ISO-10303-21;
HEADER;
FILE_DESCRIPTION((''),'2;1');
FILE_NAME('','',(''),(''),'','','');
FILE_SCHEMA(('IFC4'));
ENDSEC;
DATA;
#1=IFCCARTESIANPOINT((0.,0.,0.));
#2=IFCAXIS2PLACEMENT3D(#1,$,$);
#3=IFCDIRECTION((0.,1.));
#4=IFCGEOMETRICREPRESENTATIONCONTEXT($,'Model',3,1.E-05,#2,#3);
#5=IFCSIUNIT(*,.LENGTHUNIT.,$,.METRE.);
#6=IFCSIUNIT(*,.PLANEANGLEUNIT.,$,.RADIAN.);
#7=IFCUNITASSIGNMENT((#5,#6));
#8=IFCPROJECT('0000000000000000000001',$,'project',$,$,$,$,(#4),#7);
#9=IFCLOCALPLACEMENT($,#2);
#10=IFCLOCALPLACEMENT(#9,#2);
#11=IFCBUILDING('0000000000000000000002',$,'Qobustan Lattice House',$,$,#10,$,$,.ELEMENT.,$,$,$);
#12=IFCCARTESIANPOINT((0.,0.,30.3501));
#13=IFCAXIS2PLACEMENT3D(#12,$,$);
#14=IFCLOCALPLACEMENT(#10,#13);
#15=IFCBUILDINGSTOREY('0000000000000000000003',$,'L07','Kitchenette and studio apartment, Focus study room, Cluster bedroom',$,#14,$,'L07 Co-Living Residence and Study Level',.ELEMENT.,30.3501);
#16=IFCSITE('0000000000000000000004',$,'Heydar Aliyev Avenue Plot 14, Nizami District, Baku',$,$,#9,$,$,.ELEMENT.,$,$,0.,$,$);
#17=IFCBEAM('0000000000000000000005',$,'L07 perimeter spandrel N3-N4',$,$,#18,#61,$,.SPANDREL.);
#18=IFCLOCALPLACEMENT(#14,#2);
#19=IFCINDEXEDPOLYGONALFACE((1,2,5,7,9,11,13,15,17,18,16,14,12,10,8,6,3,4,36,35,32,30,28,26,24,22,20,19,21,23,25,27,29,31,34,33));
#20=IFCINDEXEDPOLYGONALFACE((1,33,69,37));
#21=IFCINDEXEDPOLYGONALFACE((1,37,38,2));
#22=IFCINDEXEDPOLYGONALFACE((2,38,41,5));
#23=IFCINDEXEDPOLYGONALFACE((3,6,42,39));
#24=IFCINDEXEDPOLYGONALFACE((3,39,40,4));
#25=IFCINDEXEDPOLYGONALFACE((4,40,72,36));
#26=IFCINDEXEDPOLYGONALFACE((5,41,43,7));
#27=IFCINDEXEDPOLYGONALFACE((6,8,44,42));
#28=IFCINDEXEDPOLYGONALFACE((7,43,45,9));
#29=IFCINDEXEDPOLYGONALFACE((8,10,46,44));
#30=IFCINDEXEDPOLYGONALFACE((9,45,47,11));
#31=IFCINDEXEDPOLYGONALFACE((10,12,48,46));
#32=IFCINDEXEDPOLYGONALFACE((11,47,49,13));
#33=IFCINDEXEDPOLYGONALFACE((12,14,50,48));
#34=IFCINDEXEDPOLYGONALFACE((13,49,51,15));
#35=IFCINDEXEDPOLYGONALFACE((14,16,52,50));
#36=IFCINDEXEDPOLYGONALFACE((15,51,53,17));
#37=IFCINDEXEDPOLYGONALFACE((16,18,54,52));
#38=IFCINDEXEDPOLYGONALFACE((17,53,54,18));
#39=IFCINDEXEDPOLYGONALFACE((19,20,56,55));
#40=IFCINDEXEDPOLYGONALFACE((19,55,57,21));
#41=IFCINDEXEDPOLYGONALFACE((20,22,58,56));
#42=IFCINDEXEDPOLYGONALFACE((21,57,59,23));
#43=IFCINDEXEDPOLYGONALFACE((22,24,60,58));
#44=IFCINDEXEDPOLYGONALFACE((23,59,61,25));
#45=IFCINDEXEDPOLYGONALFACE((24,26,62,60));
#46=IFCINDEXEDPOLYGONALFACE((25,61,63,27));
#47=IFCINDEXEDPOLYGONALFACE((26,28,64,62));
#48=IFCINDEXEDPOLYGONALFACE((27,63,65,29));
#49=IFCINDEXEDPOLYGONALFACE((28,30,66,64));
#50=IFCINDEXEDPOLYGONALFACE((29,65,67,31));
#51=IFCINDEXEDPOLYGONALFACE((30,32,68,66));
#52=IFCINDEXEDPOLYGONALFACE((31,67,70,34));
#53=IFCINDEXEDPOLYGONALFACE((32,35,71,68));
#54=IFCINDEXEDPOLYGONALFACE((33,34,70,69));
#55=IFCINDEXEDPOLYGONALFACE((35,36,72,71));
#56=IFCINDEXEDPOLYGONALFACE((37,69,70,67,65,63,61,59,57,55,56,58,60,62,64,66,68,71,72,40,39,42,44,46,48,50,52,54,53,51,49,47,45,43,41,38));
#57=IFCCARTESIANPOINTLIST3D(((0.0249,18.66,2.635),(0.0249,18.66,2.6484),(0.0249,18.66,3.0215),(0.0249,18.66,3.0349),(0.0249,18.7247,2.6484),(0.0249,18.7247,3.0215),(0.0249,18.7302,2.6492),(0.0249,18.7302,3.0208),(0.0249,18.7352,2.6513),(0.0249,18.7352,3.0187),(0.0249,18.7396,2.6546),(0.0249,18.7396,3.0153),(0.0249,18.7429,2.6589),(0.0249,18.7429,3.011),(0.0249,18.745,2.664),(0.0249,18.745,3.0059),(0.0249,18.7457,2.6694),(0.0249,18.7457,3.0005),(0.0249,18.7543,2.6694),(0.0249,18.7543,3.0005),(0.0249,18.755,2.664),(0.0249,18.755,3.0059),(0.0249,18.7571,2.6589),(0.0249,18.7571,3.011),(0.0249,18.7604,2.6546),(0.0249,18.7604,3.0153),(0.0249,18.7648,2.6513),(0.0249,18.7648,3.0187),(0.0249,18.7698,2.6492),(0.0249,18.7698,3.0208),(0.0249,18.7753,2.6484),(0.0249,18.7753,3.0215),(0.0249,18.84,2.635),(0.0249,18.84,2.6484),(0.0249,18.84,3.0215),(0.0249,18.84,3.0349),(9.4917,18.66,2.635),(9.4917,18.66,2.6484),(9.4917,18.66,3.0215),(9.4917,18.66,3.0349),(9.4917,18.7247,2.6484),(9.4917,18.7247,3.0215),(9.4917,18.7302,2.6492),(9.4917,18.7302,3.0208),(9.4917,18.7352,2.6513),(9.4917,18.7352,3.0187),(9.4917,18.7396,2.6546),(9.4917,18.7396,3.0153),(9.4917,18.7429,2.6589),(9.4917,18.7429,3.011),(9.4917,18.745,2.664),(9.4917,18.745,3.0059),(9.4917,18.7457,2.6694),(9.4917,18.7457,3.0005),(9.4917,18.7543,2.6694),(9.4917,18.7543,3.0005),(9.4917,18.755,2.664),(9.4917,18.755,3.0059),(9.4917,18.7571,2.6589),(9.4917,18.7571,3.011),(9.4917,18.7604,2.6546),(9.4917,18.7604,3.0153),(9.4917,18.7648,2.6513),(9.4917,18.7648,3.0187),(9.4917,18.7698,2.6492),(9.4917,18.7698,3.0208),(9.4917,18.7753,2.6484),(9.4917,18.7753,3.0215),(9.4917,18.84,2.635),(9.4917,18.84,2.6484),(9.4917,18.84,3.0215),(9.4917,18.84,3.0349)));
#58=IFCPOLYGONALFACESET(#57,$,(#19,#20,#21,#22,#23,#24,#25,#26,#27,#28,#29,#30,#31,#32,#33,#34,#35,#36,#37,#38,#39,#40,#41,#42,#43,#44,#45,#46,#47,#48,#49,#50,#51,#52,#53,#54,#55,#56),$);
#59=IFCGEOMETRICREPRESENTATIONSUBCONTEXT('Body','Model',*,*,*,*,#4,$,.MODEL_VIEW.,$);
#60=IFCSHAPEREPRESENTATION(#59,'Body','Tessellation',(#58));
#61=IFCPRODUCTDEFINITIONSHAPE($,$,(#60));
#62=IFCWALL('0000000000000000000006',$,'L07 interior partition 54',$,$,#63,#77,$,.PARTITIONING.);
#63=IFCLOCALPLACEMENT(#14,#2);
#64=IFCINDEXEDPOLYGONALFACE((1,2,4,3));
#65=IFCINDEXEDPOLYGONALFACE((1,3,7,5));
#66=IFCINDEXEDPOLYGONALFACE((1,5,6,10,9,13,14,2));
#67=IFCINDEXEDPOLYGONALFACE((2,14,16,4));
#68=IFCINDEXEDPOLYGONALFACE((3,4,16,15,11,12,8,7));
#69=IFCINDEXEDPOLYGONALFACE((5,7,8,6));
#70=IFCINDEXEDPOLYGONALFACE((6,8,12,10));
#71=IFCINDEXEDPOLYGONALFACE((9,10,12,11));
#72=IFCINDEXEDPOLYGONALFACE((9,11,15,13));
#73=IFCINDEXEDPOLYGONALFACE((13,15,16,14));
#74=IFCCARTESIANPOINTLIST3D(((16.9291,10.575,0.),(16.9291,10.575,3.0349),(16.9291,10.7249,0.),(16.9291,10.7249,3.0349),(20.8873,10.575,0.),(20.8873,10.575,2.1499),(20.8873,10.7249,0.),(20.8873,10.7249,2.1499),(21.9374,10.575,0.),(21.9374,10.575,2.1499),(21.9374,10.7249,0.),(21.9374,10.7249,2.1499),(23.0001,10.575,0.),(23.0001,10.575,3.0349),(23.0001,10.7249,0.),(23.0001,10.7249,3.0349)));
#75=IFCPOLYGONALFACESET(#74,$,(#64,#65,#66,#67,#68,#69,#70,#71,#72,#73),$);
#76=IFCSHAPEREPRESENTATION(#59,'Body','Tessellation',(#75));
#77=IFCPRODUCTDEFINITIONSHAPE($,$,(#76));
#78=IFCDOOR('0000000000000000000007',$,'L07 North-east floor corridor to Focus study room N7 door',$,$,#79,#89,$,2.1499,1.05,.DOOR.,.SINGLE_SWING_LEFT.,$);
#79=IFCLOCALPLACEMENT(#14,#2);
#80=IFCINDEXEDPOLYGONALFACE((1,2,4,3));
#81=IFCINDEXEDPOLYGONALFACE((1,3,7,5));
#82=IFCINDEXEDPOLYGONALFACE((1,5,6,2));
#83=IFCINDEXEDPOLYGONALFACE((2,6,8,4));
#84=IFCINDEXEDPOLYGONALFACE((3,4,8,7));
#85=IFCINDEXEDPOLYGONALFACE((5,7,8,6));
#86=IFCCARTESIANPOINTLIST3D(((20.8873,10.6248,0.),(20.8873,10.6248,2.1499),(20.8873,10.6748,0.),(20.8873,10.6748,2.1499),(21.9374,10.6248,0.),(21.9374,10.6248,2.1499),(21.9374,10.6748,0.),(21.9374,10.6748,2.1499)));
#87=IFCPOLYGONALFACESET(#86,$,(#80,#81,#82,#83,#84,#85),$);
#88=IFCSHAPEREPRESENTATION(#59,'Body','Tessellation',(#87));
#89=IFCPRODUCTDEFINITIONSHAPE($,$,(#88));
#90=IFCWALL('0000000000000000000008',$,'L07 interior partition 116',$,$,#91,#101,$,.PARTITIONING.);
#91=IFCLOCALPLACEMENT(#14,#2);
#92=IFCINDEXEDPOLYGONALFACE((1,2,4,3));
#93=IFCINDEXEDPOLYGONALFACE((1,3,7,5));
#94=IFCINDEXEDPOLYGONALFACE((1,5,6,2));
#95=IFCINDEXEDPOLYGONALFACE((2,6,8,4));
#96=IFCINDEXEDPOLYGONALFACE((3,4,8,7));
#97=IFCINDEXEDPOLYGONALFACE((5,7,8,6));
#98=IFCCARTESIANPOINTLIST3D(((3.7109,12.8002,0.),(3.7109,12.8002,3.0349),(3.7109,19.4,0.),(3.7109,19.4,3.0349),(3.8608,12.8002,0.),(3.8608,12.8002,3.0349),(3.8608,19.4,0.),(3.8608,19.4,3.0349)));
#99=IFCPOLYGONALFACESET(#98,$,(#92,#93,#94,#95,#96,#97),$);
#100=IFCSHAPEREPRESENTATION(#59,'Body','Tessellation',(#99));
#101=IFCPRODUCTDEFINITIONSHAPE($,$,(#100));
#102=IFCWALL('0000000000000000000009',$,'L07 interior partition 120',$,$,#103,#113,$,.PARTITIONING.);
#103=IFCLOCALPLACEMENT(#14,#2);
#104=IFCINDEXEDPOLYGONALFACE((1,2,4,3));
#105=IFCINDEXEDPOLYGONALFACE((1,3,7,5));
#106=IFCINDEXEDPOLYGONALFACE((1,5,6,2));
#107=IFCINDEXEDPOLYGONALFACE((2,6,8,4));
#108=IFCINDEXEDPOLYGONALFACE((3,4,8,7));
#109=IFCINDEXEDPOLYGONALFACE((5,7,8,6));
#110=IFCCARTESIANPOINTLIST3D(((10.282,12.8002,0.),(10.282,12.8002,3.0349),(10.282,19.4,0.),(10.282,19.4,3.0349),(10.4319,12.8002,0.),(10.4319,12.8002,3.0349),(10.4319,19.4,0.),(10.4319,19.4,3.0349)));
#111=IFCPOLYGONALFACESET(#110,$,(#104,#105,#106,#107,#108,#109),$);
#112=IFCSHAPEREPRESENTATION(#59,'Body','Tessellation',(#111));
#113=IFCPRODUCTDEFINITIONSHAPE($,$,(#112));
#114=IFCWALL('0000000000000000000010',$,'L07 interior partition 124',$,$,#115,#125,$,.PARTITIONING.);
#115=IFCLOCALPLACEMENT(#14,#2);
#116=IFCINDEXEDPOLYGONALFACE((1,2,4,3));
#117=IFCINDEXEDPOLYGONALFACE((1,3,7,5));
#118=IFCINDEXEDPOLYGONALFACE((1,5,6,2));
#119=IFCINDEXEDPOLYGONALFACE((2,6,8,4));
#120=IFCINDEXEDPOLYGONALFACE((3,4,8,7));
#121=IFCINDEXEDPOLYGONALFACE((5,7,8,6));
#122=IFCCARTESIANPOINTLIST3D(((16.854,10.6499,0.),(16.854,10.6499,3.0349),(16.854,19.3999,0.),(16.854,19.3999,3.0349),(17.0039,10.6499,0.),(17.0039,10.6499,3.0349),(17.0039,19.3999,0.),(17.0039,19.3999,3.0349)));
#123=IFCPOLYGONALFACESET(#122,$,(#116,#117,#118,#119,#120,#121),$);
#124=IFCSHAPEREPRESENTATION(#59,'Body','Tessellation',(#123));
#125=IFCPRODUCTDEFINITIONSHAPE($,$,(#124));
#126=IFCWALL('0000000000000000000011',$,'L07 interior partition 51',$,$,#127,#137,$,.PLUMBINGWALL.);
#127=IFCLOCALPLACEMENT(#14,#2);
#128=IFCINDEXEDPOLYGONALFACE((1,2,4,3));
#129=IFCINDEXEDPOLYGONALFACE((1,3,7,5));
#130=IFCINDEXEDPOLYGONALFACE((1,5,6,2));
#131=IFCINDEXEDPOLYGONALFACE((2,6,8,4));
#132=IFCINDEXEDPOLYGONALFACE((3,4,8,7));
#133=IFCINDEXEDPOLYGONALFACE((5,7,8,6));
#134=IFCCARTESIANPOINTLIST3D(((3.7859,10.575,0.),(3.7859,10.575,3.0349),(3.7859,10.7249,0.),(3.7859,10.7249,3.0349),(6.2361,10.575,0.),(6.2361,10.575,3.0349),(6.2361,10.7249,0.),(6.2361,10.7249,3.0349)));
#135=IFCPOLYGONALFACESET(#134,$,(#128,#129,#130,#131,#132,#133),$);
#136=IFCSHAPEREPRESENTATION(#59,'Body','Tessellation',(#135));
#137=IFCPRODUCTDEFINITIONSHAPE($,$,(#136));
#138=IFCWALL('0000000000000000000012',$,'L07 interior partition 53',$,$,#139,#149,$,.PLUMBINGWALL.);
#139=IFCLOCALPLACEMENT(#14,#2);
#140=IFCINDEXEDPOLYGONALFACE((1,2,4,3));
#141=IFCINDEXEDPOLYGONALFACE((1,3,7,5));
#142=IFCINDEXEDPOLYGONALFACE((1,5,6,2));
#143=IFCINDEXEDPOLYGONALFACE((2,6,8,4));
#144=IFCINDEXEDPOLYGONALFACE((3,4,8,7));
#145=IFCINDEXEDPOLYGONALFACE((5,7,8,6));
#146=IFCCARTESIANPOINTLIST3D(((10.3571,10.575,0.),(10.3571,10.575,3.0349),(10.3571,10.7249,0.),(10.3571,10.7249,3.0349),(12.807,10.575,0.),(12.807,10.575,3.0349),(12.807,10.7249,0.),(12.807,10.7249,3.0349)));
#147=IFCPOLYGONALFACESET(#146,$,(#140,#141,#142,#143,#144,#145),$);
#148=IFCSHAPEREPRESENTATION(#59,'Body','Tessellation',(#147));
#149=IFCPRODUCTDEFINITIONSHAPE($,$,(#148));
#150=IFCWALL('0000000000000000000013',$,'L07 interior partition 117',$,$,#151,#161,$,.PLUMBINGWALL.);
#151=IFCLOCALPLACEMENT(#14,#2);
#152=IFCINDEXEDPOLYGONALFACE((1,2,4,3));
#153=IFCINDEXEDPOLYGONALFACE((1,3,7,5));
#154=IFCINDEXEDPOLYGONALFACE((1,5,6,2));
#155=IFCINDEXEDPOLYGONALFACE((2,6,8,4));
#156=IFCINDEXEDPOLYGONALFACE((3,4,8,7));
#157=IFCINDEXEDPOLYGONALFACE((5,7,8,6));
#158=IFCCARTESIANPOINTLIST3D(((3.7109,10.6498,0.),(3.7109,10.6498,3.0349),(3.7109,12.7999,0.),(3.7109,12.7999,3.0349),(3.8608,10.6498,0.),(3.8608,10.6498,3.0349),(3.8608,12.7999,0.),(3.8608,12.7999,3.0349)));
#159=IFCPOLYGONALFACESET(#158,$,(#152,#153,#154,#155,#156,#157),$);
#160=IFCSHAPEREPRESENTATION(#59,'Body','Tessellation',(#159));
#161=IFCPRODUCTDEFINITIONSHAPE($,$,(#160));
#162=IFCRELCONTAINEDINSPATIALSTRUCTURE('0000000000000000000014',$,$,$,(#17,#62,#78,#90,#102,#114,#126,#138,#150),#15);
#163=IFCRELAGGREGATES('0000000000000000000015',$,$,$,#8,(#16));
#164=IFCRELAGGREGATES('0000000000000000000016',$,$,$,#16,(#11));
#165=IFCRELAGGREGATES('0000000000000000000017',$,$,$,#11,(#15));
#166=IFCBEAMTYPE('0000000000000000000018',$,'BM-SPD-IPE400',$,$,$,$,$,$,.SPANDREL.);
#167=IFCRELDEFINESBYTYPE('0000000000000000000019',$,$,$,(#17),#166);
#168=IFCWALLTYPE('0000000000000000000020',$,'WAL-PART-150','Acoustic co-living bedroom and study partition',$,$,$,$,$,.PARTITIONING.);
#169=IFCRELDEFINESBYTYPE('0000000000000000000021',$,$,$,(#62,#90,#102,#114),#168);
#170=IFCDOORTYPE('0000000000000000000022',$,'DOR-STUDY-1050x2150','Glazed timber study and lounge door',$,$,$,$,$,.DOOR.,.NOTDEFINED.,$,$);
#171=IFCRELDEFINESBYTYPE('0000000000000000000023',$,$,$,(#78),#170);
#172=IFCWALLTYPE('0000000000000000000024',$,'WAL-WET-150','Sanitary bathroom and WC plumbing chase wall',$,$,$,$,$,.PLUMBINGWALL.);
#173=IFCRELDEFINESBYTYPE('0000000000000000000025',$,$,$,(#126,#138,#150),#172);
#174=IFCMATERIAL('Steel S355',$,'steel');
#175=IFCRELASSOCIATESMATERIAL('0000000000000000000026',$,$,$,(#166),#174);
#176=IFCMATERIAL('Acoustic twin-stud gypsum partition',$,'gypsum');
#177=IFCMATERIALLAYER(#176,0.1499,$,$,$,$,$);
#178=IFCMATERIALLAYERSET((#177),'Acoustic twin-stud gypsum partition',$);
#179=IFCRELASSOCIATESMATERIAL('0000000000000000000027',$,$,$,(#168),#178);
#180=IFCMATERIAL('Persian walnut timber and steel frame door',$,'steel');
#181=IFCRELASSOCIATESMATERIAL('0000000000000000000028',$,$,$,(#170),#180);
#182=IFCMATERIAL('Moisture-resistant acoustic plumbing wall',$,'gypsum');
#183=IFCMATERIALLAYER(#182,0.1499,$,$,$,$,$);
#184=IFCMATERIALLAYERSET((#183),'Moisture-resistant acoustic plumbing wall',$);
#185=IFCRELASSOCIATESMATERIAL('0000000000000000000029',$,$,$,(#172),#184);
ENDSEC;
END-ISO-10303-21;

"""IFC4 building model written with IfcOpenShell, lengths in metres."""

from ifc_helpers import new_model, si_unit, direction, frame, frame_2d, origin, origin_2d, place, context, subcontext, project, spatial, rectangle, i_section, extrude, material, layer, layer_set, material_profile, profile_set, type_object, element, fill, save


model = new_model("IFC4")

# Units and contexts
model_context = context("Model", 3, precision=1e-05, world=origin(), true_north=direction((0.0, 1.0)))
body_context = subcontext(model_context, "Body", "Model", "MODEL_VIEW")
ifc_project = project(units=[si_unit("LENGTHUNIT", "METRE"), si_unit("PLANEANGLEUNIT", "RADIAN")], contexts=[model_context])

# Site, building, storey
site_placement = place(None, origin())
site = spatial("IfcSite", under=ifc_project, at=site_placement, Name="Heydar Aliyev Avenue Plot 14, Nizami District, Baku", CompositionType="ELEMENT", RefElevation=0.0)
building_placement = place(site_placement, origin())
building = spatial("IfcBuilding", under=site, at=building_placement, Name="Qobustan Lattice House", CompositionType="ELEMENT")
storey_placement = place(building_placement, frame((0.0, 0.0, 30.3501)))
storey = spatial("IfcBuildingStorey", under=building, at=storey_placement, Name="L07", Description="Kitchenette and studio apartment, Focus study room, Cluster bedroom", LongName="L07 Co-Living Residence and Study Level", CompositionType="ELEMENT", Elevation=30.3501)

# Beam
ifc_material_1 = material(Name="Steel S355", Category="steel")
ifc_material_profile_1 = material_profile(ifc_material_1, i_section(OverallWidth=0.1799, OverallDepth=0.3999, WebThickness=0.0085, FlangeThickness=0.0134, FilletRadius=0.021, at=origin_2d()), Name="IPE400")
ifc_profile_set_1 = profile_set([ifc_material_profile_1], Name="Steel S355")
beam_type_1 = type_object("IfcBeamType", Name="BM-SPD-IPE400", PredefinedType="SPANDREL", material=ifc_profile_set_1)
beam_1_placement = place(storey_placement, frame((9.4917, 18.75, 2.835), z_axis=(-1.0, 0.0, 0.0), x_axis=(0.0, -1.0, 0.0)))
element("IfcBeam", 1, at=beam_1_placement, inside=storey, type_object=beam_type_1, Name="L07 perimeter spandrel N3-N4", PredefinedType="SPANDREL", context=body_context, shape_type="SweptSolid", body=[
    extrude(i_section(OverallWidth=0.1799, OverallDepth=0.3999, WebThickness=0.0085, FlangeThickness=0.0134, FilletRadius=0.021, at=origin_2d()), origin(), (0.0, 0.0, 1.0), 9.4668),
])

# Wall, opening, door
ifc_material_2 = material(Name="Acoustic twin-stud gypsum partition", Category="gypsum")
ifc_layer_1 = layer(ifc_material_2, 0.1499)
ifc_layer_set_1 = layer_set([ifc_layer_1], Name="Acoustic twin-stud gypsum partition")
wall_type_1 = type_object("IfcWallType", Name="WAL-PART-150", Description="Acoustic co-living bedroom and study partition", PredefinedType="PARTITIONING", material=ifc_layer_set_1)
wall_1_placement = place(storey_placement, frame((16.929, 10.6499, 0.0), z_axis=(0.0, 0.0, 1.0), x_axis=(1.0, 0.0, 0.0)))
wall_1 = element("IfcWall", 2, at=wall_1_placement, inside=storey, type_object=wall_type_1, Name="L07 interior partition 54", PredefinedType="PARTITIONING", context=body_context, shape_type="SweptSolid", body=[
    extrude(rectangle(XDim=6.071, YDim=0.1499, at=frame_2d((3.0356, 0.0))), origin(), (0.0, 0.0, 1.0), 3.0349),
])
opening_1_placement = place(wall_1_placement, frame((3.9585, 0.0, 0.0)))
opening_1 = element("IfcOpeningElement", 3, at=opening_1_placement, cuts=wall_1, PredefinedType="OPENING", context=body_context, shape_type="SweptSolid", body=[
    extrude(rectangle(XDim=1.05, YDim=2.1499, at=frame_2d((0.5249, 1.075))), frame((0.0, 0.085, 0.0), z_axis=(0.0, -1.0, 0.0), x_axis=(1.0, 0.0, 0.0)), (0.0, 0.0, 1.0), 0.1699),
])
ifc_material_3 = material(Name="Persian walnut timber and steel frame door", Category="steel")
door_type_1 = type_object("IfcDoorType", Name="DOR-STUDY-1050x2150", Description="Glazed timber study and lounge door", OperationType="NOTDEFINED", PredefinedType="DOOR", material=ifc_material_3)
door_1_placement = place(opening_1_placement, origin())
door_1 = element("IfcDoor", 4, at=door_1_placement, inside=storey, type_object=door_type_1, Name="L07 North-east floor corridor to Focus study room N7 door", OperationType="SINGLE_SWING_LEFT", OverallHeight=2.1499, OverallWidth=1.05, PredefinedType="DOOR", context=body_context, shape_type="SweptSolid", body=[
    extrude(rectangle(XDim=1.05, YDim=2.1499, at=frame_2d((0.5249, 1.075))), frame((0.0, 0.0249, 0.0), z_axis=(0.0, -1.0, 0.0), x_axis=(1.0, 0.0, 0.0)), (0.0, 0.0, 1.0), 0.05),
])
fill(opening_1, door_1)

# Walls
for number, where, z_axis, x_axis, name in (
    (5, (3.7859, 19.3999, 0.0), (0.0, 0.0, 1.0), (0.0, -1.0, 0.0), "L07 interior partition 116"),
    (6, (10.3569, 19.3999, 0.0), (0.0, 0.0, 1.0), (0.0, -1.0, 0.0), "L07 interior partition 120"),
):
    element("IfcWall", number, at=place(storey_placement, frame(where, z_axis=z_axis, x_axis=x_axis)), inside=storey, type_object=wall_type_1, Name=name, PredefinedType="PARTITIONING", context=body_context, shape_type="SweptSolid", body=[
        extrude(rectangle(XDim=6.5999, YDim=0.1499, at=frame_2d((3.2998, 0.0))), origin(), (0.0, 0.0, 1.0), 3.0349),
    ])
wall_2_placement = place(storey_placement, frame((16.929, 19.3999, 0.0), z_axis=(0.0, 0.0, 1.0), x_axis=(0.0, -1.0, 0.0)))
element("IfcWall", 7, at=wall_2_placement, inside=storey, type_object=wall_type_1, Name="L07 interior partition 124", PredefinedType="PARTITIONING", context=body_context, shape_type="SweptSolid", body=[
    extrude(rectangle(XDim=8.75, YDim=0.1499, at=frame_2d((4.375, 0.0))), origin(), (0.0, 0.0, 1.0), 3.0349),
])
ifc_material_4 = material(Name="Moisture-resistant acoustic plumbing wall", Category="gypsum")
ifc_layer_2 = layer(ifc_material_4, 0.1499)
ifc_layer_set_2 = layer_set([ifc_layer_2], Name="Moisture-resistant acoustic plumbing wall")
wall_type_2 = type_object("IfcWallType", Name="WAL-WET-150", Description="Sanitary bathroom and WC plumbing chase wall", PredefinedType="PLUMBINGWALL", material=ifc_layer_set_2)
wall_3_placement = place(storey_placement, frame((3.7859, 10.6499, 0.0), z_axis=(0.0, 0.0, 1.0), x_axis=(1.0, 0.0, 0.0)))
element("IfcWall", 8, at=wall_3_placement, inside=storey, type_object=wall_type_2, Name="L07 interior partition 51", PredefinedType="PLUMBINGWALL", context=body_context, shape_type="SweptSolid", body=[
    extrude(rectangle(XDim=2.4502, YDim=0.1499, at=frame_2d((1.2251, 0.0))), origin(), (0.0, 0.0, 1.0), 3.0349),
])
wall_4_placement = place(storey_placement, frame((10.3569, 10.6499, 0.0), z_axis=(0.0, 0.0, 1.0), x_axis=(1.0, 0.0, 0.0)))
element("IfcWall", 9, at=wall_4_placement, inside=storey, type_object=wall_type_2, Name="L07 interior partition 53", PredefinedType="PLUMBINGWALL", context=body_context, shape_type="SweptSolid", body=[
    extrude(rectangle(XDim=2.45, YDim=0.1499, at=frame_2d((1.2251, 0.0))), origin(), (0.0, 0.0, 1.0), 3.0349),
])
wall_5_placement = place(storey_placement, frame((3.7859, 12.8, 0.0), z_axis=(0.0, 0.0, 1.0), x_axis=(0.0, -1.0, 0.0)))
element("IfcWall", 10, at=wall_5_placement, inside=storey, type_object=wall_type_2, Name="L07 interior partition 117", PredefinedType="PLUMBINGWALL", context=body_context, shape_type="SweptSolid", body=[
    extrude(rectangle(XDim=2.1501, YDim=0.1499, at=frame_2d((1.0752, 0.0))), origin(), (0.0, 0.0, 1.0), 3.0349),
])

save(model, "model.ifc")
